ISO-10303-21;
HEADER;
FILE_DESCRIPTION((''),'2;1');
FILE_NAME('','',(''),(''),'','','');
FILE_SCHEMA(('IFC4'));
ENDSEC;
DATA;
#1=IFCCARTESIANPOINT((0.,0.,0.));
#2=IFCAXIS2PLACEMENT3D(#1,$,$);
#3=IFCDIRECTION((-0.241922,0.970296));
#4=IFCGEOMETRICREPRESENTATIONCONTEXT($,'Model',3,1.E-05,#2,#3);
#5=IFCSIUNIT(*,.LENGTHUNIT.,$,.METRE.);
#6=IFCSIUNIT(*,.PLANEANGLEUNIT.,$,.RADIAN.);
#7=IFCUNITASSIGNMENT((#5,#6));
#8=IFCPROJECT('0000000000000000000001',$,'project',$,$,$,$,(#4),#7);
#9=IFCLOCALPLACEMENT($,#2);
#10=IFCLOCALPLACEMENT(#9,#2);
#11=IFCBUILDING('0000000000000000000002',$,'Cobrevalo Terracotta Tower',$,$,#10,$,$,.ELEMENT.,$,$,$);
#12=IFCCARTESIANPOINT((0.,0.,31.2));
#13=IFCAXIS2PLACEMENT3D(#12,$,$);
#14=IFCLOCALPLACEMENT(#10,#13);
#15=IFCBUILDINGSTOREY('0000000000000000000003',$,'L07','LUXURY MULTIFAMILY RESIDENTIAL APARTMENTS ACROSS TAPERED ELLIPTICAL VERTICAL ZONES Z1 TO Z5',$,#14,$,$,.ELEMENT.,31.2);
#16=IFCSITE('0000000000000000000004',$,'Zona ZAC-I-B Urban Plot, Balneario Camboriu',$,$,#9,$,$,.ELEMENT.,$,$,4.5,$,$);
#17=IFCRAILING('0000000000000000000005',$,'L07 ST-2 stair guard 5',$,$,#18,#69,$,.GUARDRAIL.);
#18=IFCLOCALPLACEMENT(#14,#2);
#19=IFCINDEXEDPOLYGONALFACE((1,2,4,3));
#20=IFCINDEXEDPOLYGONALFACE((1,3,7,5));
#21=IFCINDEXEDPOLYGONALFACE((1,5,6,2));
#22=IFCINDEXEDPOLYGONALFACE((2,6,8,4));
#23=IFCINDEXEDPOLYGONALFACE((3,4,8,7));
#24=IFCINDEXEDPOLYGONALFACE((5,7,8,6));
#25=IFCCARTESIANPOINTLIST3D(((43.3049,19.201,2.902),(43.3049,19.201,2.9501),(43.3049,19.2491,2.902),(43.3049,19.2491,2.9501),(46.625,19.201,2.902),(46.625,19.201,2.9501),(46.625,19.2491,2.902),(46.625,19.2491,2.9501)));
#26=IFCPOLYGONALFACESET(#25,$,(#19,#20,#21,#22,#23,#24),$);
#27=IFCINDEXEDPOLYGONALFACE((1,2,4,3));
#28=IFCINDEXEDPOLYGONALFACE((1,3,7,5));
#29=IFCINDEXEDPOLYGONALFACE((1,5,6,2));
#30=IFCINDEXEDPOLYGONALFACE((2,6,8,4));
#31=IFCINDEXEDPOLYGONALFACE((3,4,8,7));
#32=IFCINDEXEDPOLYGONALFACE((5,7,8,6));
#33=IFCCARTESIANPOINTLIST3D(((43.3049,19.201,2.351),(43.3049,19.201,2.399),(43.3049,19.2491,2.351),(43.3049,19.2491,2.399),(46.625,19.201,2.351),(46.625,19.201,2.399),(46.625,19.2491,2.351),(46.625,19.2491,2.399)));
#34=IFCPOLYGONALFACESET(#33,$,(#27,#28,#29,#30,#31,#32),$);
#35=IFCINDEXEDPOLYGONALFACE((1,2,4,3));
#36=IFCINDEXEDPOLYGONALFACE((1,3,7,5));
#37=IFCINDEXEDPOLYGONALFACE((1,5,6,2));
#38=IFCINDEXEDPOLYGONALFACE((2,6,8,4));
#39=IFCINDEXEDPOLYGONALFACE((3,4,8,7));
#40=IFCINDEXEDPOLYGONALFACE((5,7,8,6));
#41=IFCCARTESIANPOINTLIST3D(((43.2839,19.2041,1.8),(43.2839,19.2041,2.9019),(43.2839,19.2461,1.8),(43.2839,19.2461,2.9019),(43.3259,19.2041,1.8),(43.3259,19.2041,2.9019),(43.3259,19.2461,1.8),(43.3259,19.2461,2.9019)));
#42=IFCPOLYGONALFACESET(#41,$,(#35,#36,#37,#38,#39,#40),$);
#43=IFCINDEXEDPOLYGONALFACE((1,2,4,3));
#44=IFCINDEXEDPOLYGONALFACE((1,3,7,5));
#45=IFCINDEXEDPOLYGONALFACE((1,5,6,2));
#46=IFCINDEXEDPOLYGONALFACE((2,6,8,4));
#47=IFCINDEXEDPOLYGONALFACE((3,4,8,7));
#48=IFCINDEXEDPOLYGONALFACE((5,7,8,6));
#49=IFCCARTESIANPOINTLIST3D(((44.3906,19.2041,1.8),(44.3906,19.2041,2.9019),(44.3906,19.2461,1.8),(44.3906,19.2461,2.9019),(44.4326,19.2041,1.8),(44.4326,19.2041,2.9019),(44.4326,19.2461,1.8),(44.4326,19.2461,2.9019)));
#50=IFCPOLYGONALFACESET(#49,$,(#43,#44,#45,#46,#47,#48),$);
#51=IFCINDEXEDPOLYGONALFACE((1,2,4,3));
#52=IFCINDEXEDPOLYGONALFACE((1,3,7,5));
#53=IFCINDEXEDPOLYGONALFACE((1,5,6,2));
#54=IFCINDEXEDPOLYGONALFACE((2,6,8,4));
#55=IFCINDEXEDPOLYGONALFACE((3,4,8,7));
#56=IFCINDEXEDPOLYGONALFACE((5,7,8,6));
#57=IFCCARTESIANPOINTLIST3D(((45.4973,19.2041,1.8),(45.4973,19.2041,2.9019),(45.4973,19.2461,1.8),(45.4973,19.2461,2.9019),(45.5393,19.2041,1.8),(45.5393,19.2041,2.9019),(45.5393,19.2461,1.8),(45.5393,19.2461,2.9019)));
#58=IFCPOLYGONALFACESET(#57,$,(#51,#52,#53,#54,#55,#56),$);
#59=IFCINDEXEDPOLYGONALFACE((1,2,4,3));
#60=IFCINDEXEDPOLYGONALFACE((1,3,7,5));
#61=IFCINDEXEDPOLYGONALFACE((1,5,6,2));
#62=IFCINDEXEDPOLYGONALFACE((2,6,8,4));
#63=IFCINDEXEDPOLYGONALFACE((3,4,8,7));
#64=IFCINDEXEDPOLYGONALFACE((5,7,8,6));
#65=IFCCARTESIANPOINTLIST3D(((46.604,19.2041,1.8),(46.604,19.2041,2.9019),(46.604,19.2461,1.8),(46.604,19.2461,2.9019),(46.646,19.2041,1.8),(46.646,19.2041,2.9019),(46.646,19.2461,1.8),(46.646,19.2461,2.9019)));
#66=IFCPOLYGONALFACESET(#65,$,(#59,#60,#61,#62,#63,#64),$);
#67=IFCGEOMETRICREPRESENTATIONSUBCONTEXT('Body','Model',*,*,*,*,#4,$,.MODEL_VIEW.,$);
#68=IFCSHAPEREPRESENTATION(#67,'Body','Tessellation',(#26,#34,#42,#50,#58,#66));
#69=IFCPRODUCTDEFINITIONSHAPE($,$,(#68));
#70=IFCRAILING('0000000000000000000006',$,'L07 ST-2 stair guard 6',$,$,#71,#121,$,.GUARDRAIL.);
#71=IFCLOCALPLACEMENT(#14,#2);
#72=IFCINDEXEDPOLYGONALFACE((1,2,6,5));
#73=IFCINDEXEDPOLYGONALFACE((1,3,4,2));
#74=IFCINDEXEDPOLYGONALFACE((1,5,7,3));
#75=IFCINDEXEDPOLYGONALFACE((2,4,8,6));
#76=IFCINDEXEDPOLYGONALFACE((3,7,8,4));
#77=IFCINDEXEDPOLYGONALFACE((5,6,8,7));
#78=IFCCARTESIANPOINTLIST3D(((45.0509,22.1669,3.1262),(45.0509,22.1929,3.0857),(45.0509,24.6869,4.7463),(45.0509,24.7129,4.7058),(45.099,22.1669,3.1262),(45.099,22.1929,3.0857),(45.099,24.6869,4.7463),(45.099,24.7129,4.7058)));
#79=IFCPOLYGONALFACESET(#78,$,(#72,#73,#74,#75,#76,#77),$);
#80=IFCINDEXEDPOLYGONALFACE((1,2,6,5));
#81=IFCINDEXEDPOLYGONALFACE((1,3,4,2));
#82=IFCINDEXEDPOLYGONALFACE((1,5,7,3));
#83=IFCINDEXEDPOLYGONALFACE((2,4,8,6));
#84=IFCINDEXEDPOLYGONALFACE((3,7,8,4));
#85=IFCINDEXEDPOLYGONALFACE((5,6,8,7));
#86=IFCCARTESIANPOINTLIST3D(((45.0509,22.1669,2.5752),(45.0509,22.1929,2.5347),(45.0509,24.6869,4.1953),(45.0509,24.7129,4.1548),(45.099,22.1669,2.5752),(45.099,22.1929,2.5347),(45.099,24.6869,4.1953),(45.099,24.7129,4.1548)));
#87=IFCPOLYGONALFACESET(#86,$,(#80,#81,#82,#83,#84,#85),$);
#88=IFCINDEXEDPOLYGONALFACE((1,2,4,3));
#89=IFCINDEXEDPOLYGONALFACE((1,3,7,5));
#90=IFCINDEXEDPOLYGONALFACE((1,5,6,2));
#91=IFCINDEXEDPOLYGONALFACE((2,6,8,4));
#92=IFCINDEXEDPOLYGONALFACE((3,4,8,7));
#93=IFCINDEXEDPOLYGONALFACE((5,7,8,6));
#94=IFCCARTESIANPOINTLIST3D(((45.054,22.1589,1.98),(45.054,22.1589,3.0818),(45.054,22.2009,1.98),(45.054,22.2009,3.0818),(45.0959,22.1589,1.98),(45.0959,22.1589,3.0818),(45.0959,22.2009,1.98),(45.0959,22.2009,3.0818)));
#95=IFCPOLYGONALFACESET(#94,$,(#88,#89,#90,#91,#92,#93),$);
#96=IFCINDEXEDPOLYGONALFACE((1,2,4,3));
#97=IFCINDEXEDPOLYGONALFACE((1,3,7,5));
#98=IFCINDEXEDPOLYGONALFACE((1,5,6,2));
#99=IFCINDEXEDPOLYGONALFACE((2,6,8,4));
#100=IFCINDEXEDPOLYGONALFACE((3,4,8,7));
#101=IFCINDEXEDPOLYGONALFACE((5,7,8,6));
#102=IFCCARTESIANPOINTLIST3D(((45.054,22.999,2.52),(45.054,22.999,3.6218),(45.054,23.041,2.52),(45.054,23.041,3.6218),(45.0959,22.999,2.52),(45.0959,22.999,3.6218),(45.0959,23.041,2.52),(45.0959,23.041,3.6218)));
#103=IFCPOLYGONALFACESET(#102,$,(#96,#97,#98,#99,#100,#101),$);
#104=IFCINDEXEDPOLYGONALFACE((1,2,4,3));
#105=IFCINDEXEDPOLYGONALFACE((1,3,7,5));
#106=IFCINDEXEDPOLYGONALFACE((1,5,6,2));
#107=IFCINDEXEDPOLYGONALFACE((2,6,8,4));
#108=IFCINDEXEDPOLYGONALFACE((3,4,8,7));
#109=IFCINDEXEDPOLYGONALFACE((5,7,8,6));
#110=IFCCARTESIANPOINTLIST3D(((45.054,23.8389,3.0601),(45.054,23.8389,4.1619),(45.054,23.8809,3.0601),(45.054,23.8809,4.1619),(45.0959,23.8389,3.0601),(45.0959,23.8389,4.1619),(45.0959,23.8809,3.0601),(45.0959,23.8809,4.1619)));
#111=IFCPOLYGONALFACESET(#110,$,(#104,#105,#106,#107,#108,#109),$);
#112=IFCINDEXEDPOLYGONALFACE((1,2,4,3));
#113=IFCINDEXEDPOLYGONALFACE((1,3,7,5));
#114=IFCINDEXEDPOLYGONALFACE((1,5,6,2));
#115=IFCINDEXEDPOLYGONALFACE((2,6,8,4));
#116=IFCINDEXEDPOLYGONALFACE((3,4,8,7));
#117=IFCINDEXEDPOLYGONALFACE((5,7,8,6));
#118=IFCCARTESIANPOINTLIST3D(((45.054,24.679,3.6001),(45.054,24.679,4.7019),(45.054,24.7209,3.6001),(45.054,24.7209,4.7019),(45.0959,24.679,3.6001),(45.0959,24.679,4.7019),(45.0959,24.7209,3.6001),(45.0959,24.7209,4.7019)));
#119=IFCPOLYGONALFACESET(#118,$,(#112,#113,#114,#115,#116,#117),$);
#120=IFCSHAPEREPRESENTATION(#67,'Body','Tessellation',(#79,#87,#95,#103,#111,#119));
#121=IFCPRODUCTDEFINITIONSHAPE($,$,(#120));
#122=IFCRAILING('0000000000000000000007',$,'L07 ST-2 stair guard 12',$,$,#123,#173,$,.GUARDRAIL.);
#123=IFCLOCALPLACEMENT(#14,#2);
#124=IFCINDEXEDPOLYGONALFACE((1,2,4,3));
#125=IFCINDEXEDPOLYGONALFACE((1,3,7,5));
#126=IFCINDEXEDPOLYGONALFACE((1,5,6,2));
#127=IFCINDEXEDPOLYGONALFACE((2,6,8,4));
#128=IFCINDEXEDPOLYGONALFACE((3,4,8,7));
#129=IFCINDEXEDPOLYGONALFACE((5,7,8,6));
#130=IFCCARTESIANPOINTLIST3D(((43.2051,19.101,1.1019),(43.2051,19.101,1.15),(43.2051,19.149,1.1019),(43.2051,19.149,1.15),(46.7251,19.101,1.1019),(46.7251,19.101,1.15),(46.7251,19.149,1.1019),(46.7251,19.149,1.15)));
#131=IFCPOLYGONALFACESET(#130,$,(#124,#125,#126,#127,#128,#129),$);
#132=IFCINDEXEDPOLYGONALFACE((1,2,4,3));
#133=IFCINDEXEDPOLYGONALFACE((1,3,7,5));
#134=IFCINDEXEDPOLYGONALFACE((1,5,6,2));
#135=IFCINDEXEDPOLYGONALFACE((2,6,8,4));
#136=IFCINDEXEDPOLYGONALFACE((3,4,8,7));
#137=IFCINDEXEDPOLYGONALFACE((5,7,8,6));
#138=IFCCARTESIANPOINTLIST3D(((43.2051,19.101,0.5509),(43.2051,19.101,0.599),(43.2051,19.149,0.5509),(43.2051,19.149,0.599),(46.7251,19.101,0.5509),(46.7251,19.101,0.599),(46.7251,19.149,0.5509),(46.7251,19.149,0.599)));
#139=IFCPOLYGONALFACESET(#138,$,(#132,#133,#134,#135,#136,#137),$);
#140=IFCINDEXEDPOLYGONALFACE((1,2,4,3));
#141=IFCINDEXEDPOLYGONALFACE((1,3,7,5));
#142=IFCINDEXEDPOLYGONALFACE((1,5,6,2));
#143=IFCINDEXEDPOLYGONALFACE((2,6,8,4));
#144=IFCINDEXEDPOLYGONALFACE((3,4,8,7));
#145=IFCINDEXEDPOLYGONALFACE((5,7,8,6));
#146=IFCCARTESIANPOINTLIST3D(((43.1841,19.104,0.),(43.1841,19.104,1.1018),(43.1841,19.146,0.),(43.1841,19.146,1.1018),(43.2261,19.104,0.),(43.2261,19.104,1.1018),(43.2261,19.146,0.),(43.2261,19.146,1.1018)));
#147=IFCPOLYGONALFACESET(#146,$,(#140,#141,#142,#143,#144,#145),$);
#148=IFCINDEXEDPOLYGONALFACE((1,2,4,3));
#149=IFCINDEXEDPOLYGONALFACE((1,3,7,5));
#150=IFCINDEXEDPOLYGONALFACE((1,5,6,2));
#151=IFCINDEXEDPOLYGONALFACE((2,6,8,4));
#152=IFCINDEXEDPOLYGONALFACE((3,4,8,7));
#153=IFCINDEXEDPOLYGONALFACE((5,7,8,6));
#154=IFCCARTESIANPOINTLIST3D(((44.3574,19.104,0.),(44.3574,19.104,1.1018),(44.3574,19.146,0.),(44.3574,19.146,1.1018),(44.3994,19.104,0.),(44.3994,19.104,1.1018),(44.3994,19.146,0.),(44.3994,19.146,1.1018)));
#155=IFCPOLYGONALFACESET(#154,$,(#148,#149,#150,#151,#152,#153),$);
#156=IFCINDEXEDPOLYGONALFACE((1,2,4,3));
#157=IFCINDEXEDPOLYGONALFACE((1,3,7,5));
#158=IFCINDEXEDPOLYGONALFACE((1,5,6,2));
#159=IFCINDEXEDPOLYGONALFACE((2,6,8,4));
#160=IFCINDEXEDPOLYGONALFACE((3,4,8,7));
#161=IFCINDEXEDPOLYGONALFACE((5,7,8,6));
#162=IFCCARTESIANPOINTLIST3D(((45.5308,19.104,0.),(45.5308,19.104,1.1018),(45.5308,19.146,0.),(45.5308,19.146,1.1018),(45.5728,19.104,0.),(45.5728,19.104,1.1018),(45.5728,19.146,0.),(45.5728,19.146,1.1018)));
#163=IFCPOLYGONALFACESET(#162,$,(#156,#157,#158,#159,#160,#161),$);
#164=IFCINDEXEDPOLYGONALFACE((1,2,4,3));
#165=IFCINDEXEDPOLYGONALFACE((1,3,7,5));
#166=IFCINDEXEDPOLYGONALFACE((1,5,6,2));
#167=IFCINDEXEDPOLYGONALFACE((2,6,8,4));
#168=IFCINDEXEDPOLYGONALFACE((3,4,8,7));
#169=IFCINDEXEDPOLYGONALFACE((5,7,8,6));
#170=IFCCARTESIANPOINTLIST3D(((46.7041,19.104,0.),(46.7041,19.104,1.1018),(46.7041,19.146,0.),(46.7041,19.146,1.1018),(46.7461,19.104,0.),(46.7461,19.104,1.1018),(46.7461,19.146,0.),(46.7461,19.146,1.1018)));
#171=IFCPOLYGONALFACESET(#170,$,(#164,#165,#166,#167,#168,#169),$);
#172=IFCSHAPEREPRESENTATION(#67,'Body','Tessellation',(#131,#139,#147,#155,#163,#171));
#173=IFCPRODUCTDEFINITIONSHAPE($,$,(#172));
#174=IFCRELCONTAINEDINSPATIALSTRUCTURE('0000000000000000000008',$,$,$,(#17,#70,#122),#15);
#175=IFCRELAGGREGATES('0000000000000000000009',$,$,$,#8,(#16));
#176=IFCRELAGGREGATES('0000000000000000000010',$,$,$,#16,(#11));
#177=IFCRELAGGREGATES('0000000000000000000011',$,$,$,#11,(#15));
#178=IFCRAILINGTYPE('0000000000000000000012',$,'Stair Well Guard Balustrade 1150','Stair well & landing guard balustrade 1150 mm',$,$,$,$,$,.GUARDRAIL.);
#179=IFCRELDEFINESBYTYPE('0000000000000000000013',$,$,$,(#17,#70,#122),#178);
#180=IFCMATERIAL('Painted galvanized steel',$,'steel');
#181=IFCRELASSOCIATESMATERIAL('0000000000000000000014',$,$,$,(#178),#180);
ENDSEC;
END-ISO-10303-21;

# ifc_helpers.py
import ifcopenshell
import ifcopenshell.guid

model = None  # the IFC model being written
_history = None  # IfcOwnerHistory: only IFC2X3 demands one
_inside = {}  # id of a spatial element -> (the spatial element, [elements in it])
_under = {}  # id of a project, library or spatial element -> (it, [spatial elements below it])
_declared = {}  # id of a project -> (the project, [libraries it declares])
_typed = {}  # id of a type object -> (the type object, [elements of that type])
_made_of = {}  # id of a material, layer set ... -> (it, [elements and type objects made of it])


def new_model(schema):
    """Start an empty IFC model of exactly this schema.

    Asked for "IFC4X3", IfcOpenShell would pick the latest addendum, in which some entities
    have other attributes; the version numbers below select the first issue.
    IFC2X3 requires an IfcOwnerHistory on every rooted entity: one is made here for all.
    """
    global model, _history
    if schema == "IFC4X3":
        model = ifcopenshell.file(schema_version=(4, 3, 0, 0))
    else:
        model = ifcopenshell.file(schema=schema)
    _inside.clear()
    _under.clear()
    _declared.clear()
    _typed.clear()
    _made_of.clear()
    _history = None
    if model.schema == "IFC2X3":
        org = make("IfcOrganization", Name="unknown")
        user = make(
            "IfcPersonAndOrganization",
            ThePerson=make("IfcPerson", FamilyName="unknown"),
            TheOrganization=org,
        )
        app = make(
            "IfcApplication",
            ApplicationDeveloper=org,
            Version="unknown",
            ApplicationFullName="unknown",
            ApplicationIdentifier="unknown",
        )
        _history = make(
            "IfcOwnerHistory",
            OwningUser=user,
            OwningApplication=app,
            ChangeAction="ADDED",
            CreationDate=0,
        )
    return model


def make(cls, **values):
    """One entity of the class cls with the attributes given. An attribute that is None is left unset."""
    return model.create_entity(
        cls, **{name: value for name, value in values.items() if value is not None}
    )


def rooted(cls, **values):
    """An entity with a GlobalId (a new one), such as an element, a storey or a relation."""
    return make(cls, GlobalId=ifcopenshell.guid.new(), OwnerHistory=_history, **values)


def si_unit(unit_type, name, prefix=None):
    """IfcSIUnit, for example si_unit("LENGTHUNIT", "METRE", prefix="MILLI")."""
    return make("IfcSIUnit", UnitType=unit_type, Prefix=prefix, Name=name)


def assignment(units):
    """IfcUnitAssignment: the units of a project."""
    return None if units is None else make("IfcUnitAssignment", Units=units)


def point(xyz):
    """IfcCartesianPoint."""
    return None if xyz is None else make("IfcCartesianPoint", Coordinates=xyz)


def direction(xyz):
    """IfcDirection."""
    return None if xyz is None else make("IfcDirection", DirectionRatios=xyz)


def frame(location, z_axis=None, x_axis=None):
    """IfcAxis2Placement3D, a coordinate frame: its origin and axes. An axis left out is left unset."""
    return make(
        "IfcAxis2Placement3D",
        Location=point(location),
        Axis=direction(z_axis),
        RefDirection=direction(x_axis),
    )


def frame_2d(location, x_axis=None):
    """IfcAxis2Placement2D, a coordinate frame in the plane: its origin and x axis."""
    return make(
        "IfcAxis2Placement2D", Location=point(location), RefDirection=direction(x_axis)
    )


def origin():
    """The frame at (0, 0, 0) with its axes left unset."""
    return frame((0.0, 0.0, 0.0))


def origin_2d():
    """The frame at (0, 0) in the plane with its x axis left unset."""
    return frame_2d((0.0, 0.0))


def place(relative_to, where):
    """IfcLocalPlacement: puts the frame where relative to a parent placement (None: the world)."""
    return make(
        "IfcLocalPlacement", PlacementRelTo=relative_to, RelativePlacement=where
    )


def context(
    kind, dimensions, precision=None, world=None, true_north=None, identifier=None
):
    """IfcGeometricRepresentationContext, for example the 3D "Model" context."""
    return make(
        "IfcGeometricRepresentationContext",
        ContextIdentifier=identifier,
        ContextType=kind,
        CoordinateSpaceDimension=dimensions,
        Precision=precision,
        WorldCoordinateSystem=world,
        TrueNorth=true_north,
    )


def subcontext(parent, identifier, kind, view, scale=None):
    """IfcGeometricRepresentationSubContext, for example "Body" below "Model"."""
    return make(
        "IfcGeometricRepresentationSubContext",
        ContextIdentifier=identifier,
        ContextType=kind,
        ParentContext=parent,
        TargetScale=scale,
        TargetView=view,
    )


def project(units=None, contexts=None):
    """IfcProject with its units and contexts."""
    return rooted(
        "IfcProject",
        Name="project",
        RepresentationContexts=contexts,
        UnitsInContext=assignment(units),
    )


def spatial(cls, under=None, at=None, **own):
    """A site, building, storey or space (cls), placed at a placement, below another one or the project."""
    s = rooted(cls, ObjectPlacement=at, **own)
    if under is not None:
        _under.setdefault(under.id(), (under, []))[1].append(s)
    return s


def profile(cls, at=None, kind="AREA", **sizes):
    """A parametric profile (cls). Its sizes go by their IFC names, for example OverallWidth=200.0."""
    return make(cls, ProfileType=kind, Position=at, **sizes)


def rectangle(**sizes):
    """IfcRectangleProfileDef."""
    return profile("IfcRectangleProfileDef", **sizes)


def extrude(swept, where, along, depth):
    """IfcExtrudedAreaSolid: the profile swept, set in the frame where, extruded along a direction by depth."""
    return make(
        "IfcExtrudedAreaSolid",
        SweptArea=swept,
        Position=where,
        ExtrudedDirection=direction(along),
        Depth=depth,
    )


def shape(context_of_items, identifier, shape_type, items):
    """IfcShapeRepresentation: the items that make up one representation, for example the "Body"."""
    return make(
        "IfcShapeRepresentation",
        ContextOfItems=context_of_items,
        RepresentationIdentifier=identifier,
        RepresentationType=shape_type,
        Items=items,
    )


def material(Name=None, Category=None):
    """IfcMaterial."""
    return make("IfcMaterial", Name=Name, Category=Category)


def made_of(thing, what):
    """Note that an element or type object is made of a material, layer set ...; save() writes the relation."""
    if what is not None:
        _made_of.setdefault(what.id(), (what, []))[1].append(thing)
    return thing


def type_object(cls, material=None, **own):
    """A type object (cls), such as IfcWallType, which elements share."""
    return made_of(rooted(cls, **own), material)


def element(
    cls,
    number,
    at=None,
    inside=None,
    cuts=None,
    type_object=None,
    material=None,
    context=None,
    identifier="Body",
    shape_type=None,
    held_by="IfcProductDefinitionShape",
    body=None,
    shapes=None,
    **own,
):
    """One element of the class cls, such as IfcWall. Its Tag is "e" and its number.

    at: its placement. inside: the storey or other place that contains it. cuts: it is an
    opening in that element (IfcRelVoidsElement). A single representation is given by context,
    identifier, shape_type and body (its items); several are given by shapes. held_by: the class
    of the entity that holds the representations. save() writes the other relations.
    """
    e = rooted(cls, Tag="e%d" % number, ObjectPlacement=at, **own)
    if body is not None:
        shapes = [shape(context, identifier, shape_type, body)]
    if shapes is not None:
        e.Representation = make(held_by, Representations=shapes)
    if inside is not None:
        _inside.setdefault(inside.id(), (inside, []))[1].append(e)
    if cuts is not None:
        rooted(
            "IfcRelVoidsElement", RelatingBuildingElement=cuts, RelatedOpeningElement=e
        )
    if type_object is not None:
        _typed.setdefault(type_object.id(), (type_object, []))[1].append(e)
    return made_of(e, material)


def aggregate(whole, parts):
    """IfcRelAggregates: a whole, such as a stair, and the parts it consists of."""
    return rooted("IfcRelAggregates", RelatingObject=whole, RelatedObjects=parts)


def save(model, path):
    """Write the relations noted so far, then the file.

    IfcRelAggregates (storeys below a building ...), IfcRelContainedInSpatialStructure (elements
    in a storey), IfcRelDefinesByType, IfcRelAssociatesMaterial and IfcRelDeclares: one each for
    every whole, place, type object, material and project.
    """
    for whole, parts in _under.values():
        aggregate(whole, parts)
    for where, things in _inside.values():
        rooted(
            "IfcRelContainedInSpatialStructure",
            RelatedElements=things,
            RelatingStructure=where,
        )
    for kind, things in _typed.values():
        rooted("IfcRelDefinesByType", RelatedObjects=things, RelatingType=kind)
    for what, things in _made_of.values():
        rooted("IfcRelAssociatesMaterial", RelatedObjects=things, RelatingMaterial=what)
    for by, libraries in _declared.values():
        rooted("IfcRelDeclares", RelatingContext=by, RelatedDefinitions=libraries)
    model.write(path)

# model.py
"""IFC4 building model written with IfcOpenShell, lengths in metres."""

from ifc_helpers import new_model, si_unit, direction, frame, origin, origin_2d, place, context, subcontext, project, spatial, rectangle, extrude, material, type_object, element, save


model = new_model("IFC4")

# Units and contexts
model_context = context("Model", 3, precision=1e-05, world=origin(), true_north=direction((-0.241922, 0.970296)))
body_context = subcontext(model_context, "Body", "Model", "MODEL_VIEW")
ifc_project = project(units=[si_unit("LENGTHUNIT", "METRE"), si_unit("PLANEANGLEUNIT", "RADIAN")], contexts=[model_context])

# Site, building, storey
site_placement = place(None, origin())
site = spatial("IfcSite", under=ifc_project, at=site_placement, Name="Zona ZAC-I-B Urban Plot, Balneario Camboriu", CompositionType="ELEMENT", RefElevation=4.5)
building_placement = place(site_placement, origin())
building = spatial("IfcBuilding", under=site, at=building_placement, Name="Cobrevalo Terracotta Tower", CompositionType="ELEMENT")
storey_placement = place(building_placement, frame((0.0, 0.0, 31.2)))
storey = spatial("IfcBuildingStorey", under=building, at=storey_placement, Name="L07", Description="LUXURY MULTIFAMILY RESIDENTIAL APARTMENTS ACROSS TAPERED ELLIPTICAL VERTICAL ZONES Z1 TO Z5", CompositionType="ELEMENT", Elevation=31.2)

# Railings
ifc_material_1 = material(Name="Painted galvanized steel", Category="steel")
railing_type_1 = type_object("IfcRailingType", Name="Stair Well Guard Balustrade 1150", Description="Stair well & landing guard balustrade 1150 mm", PredefinedType="GUARDRAIL", material=ifc_material_1)
railing_1_placement = place(storey_placement, frame((43.3049, 19.2251, 1.8)))
element("IfcRailing", 1, at=railing_1_placement, inside=storey, type_object=railing_type_1, Name="L07 ST-2 stair guard 5", PredefinedType="GUARDRAIL", context=body_context, shape_type="SweptSolid", body=[
    extrude(rectangle(XDim=0.0481, YDim=0.0481, at=origin_2d()), frame((0.0, 0.0, 1.126), z_axis=(1.0, 0.0, 0.0), x_axis=(0.0, 1.0, 0.0)), (0.0, 0.0, 1.0), 3.3201),
    extrude(rectangle(XDim=0.0481, YDim=0.0481, at=origin_2d()), frame((0.0, 0.0, 0.575), z_axis=(1.0, 0.0, 0.0), x_axis=(0.0, 1.0, 0.0)), (0.0, 0.0, 1.0), 3.3201),
    extrude(rectangle(XDim=0.042, YDim=0.042, at=origin_2d()), origin(), (0.0, 0.0, 1.0), 1.1018),
    extrude(rectangle(XDim=0.042, YDim=0.042, at=origin_2d()), frame((1.1067, 0.0, 0.0)), (0.0, 0.0, 1.0), 1.1018),
    extrude(rectangle(XDim=0.042, YDim=0.042, at=origin_2d()), frame((2.2134, 0.0, 0.0)), (0.0, 0.0, 1.0), 1.1018),
    extrude(rectangle(XDim=0.042, YDim=0.042, at=origin_2d()), frame((3.3201, 0.0, 0.0)), (0.0, 0.0, 1.0), 1.1018),
])
railing_2_placement = place(storey_placement, frame((45.075, 22.1799, 1.98)))
element("IfcRailing", 2, at=railing_2_placement, inside=storey, type_object=railing_type_1, Name="L07 ST-2 stair guard 6", PredefinedType="GUARDRAIL", context=body_context, shape_type="SweptSolid", body=[
    extrude(rectangle(XDim=0.0481, YDim=0.0481, at=origin_2d()), frame((0.0, 0.0, 1.126), z_axis=(0.0, 0.841163, 0.540782), x_axis=(-1.0, 0.0, 0.0)), (0.0, 0.0, 1.0), 2.9958),
    extrude(rectangle(XDim=0.0481, YDim=0.0481, at=origin_2d()), frame((0.0, 0.0, 0.575), z_axis=(0.0, 0.841163, 0.540782), x_axis=(-1.0, 0.0, 0.0)), (0.0, 0.0, 1.0), 2.9958),
    extrude(rectangle(XDim=0.042, YDim=0.042, at=origin_2d()), origin(), (0.0, 0.0, 1.0), 1.1018),
    extrude(rectangle(XDim=0.042, YDim=0.042, at=origin_2d()), frame((0.0, 0.8401, 0.54)), (0.0, 0.0, 1.0), 1.1018),
    extrude(rectangle(XDim=0.042, YDim=0.042, at=origin_2d()), frame((0.0, 1.6799, 1.0801)), (0.0, 0.0, 1.0), 1.1018),
    extrude(rectangle(XDim=0.042, YDim=0.042, at=origin_2d()), frame((0.0, 2.52, 1.6201)), (0.0, 0.0, 1.0), 1.1018),
])
railing_3_placement = place(storey_placement, frame((43.2051, 19.125, 0.0)))
element("IfcRailing", 3, at=railing_3_placement, inside=storey, type_object=railing_type_1, Name="L07 ST-2 stair guard 12", PredefinedType="GUARDRAIL", context=body_context, shape_type="SweptSolid", body=[
    extrude(rectangle(XDim=0.0481, YDim=0.0481, at=origin_2d()), frame((0.0, 0.0, 1.126), z_axis=(1.0, 0.0, 0.0), x_axis=(0.0, 1.0, 0.0)), (0.0, 0.0, 1.0), 3.52),
    extrude(rectangle(XDim=0.0481, YDim=0.0481, at=origin_2d()), frame((0.0, 0.0, 0.575), z_axis=(1.0, 0.0, 0.0), x_axis=(0.0, 1.0, 0.0)), (0.0, 0.0, 1.0), 3.52),
    extrude(rectangle(XDim=0.042, YDim=0.042, at=origin_2d()), origin(), (0.0, 0.0, 1.0), 1.1018),
    extrude(rectangle(XDim=0.042, YDim=0.042, at=origin_2d()), frame((1.1733, 0.0, 0.0)), (0.0, 0.0, 1.0), 1.1018),
    extrude(rectangle(XDim=0.042, YDim=0.042, at=origin_2d()), frame((2.3467, 0.0, 0.0)), (0.0, 0.0, 1.0), 1.1018),
    extrude(rectangle(XDim=0.042, YDim=0.042, at=origin_2d()), frame((3.52, 0.0, 0.0)), (0.0, 0.0, 1.0), 1.1018),
])

save(model, "model.ifc")
